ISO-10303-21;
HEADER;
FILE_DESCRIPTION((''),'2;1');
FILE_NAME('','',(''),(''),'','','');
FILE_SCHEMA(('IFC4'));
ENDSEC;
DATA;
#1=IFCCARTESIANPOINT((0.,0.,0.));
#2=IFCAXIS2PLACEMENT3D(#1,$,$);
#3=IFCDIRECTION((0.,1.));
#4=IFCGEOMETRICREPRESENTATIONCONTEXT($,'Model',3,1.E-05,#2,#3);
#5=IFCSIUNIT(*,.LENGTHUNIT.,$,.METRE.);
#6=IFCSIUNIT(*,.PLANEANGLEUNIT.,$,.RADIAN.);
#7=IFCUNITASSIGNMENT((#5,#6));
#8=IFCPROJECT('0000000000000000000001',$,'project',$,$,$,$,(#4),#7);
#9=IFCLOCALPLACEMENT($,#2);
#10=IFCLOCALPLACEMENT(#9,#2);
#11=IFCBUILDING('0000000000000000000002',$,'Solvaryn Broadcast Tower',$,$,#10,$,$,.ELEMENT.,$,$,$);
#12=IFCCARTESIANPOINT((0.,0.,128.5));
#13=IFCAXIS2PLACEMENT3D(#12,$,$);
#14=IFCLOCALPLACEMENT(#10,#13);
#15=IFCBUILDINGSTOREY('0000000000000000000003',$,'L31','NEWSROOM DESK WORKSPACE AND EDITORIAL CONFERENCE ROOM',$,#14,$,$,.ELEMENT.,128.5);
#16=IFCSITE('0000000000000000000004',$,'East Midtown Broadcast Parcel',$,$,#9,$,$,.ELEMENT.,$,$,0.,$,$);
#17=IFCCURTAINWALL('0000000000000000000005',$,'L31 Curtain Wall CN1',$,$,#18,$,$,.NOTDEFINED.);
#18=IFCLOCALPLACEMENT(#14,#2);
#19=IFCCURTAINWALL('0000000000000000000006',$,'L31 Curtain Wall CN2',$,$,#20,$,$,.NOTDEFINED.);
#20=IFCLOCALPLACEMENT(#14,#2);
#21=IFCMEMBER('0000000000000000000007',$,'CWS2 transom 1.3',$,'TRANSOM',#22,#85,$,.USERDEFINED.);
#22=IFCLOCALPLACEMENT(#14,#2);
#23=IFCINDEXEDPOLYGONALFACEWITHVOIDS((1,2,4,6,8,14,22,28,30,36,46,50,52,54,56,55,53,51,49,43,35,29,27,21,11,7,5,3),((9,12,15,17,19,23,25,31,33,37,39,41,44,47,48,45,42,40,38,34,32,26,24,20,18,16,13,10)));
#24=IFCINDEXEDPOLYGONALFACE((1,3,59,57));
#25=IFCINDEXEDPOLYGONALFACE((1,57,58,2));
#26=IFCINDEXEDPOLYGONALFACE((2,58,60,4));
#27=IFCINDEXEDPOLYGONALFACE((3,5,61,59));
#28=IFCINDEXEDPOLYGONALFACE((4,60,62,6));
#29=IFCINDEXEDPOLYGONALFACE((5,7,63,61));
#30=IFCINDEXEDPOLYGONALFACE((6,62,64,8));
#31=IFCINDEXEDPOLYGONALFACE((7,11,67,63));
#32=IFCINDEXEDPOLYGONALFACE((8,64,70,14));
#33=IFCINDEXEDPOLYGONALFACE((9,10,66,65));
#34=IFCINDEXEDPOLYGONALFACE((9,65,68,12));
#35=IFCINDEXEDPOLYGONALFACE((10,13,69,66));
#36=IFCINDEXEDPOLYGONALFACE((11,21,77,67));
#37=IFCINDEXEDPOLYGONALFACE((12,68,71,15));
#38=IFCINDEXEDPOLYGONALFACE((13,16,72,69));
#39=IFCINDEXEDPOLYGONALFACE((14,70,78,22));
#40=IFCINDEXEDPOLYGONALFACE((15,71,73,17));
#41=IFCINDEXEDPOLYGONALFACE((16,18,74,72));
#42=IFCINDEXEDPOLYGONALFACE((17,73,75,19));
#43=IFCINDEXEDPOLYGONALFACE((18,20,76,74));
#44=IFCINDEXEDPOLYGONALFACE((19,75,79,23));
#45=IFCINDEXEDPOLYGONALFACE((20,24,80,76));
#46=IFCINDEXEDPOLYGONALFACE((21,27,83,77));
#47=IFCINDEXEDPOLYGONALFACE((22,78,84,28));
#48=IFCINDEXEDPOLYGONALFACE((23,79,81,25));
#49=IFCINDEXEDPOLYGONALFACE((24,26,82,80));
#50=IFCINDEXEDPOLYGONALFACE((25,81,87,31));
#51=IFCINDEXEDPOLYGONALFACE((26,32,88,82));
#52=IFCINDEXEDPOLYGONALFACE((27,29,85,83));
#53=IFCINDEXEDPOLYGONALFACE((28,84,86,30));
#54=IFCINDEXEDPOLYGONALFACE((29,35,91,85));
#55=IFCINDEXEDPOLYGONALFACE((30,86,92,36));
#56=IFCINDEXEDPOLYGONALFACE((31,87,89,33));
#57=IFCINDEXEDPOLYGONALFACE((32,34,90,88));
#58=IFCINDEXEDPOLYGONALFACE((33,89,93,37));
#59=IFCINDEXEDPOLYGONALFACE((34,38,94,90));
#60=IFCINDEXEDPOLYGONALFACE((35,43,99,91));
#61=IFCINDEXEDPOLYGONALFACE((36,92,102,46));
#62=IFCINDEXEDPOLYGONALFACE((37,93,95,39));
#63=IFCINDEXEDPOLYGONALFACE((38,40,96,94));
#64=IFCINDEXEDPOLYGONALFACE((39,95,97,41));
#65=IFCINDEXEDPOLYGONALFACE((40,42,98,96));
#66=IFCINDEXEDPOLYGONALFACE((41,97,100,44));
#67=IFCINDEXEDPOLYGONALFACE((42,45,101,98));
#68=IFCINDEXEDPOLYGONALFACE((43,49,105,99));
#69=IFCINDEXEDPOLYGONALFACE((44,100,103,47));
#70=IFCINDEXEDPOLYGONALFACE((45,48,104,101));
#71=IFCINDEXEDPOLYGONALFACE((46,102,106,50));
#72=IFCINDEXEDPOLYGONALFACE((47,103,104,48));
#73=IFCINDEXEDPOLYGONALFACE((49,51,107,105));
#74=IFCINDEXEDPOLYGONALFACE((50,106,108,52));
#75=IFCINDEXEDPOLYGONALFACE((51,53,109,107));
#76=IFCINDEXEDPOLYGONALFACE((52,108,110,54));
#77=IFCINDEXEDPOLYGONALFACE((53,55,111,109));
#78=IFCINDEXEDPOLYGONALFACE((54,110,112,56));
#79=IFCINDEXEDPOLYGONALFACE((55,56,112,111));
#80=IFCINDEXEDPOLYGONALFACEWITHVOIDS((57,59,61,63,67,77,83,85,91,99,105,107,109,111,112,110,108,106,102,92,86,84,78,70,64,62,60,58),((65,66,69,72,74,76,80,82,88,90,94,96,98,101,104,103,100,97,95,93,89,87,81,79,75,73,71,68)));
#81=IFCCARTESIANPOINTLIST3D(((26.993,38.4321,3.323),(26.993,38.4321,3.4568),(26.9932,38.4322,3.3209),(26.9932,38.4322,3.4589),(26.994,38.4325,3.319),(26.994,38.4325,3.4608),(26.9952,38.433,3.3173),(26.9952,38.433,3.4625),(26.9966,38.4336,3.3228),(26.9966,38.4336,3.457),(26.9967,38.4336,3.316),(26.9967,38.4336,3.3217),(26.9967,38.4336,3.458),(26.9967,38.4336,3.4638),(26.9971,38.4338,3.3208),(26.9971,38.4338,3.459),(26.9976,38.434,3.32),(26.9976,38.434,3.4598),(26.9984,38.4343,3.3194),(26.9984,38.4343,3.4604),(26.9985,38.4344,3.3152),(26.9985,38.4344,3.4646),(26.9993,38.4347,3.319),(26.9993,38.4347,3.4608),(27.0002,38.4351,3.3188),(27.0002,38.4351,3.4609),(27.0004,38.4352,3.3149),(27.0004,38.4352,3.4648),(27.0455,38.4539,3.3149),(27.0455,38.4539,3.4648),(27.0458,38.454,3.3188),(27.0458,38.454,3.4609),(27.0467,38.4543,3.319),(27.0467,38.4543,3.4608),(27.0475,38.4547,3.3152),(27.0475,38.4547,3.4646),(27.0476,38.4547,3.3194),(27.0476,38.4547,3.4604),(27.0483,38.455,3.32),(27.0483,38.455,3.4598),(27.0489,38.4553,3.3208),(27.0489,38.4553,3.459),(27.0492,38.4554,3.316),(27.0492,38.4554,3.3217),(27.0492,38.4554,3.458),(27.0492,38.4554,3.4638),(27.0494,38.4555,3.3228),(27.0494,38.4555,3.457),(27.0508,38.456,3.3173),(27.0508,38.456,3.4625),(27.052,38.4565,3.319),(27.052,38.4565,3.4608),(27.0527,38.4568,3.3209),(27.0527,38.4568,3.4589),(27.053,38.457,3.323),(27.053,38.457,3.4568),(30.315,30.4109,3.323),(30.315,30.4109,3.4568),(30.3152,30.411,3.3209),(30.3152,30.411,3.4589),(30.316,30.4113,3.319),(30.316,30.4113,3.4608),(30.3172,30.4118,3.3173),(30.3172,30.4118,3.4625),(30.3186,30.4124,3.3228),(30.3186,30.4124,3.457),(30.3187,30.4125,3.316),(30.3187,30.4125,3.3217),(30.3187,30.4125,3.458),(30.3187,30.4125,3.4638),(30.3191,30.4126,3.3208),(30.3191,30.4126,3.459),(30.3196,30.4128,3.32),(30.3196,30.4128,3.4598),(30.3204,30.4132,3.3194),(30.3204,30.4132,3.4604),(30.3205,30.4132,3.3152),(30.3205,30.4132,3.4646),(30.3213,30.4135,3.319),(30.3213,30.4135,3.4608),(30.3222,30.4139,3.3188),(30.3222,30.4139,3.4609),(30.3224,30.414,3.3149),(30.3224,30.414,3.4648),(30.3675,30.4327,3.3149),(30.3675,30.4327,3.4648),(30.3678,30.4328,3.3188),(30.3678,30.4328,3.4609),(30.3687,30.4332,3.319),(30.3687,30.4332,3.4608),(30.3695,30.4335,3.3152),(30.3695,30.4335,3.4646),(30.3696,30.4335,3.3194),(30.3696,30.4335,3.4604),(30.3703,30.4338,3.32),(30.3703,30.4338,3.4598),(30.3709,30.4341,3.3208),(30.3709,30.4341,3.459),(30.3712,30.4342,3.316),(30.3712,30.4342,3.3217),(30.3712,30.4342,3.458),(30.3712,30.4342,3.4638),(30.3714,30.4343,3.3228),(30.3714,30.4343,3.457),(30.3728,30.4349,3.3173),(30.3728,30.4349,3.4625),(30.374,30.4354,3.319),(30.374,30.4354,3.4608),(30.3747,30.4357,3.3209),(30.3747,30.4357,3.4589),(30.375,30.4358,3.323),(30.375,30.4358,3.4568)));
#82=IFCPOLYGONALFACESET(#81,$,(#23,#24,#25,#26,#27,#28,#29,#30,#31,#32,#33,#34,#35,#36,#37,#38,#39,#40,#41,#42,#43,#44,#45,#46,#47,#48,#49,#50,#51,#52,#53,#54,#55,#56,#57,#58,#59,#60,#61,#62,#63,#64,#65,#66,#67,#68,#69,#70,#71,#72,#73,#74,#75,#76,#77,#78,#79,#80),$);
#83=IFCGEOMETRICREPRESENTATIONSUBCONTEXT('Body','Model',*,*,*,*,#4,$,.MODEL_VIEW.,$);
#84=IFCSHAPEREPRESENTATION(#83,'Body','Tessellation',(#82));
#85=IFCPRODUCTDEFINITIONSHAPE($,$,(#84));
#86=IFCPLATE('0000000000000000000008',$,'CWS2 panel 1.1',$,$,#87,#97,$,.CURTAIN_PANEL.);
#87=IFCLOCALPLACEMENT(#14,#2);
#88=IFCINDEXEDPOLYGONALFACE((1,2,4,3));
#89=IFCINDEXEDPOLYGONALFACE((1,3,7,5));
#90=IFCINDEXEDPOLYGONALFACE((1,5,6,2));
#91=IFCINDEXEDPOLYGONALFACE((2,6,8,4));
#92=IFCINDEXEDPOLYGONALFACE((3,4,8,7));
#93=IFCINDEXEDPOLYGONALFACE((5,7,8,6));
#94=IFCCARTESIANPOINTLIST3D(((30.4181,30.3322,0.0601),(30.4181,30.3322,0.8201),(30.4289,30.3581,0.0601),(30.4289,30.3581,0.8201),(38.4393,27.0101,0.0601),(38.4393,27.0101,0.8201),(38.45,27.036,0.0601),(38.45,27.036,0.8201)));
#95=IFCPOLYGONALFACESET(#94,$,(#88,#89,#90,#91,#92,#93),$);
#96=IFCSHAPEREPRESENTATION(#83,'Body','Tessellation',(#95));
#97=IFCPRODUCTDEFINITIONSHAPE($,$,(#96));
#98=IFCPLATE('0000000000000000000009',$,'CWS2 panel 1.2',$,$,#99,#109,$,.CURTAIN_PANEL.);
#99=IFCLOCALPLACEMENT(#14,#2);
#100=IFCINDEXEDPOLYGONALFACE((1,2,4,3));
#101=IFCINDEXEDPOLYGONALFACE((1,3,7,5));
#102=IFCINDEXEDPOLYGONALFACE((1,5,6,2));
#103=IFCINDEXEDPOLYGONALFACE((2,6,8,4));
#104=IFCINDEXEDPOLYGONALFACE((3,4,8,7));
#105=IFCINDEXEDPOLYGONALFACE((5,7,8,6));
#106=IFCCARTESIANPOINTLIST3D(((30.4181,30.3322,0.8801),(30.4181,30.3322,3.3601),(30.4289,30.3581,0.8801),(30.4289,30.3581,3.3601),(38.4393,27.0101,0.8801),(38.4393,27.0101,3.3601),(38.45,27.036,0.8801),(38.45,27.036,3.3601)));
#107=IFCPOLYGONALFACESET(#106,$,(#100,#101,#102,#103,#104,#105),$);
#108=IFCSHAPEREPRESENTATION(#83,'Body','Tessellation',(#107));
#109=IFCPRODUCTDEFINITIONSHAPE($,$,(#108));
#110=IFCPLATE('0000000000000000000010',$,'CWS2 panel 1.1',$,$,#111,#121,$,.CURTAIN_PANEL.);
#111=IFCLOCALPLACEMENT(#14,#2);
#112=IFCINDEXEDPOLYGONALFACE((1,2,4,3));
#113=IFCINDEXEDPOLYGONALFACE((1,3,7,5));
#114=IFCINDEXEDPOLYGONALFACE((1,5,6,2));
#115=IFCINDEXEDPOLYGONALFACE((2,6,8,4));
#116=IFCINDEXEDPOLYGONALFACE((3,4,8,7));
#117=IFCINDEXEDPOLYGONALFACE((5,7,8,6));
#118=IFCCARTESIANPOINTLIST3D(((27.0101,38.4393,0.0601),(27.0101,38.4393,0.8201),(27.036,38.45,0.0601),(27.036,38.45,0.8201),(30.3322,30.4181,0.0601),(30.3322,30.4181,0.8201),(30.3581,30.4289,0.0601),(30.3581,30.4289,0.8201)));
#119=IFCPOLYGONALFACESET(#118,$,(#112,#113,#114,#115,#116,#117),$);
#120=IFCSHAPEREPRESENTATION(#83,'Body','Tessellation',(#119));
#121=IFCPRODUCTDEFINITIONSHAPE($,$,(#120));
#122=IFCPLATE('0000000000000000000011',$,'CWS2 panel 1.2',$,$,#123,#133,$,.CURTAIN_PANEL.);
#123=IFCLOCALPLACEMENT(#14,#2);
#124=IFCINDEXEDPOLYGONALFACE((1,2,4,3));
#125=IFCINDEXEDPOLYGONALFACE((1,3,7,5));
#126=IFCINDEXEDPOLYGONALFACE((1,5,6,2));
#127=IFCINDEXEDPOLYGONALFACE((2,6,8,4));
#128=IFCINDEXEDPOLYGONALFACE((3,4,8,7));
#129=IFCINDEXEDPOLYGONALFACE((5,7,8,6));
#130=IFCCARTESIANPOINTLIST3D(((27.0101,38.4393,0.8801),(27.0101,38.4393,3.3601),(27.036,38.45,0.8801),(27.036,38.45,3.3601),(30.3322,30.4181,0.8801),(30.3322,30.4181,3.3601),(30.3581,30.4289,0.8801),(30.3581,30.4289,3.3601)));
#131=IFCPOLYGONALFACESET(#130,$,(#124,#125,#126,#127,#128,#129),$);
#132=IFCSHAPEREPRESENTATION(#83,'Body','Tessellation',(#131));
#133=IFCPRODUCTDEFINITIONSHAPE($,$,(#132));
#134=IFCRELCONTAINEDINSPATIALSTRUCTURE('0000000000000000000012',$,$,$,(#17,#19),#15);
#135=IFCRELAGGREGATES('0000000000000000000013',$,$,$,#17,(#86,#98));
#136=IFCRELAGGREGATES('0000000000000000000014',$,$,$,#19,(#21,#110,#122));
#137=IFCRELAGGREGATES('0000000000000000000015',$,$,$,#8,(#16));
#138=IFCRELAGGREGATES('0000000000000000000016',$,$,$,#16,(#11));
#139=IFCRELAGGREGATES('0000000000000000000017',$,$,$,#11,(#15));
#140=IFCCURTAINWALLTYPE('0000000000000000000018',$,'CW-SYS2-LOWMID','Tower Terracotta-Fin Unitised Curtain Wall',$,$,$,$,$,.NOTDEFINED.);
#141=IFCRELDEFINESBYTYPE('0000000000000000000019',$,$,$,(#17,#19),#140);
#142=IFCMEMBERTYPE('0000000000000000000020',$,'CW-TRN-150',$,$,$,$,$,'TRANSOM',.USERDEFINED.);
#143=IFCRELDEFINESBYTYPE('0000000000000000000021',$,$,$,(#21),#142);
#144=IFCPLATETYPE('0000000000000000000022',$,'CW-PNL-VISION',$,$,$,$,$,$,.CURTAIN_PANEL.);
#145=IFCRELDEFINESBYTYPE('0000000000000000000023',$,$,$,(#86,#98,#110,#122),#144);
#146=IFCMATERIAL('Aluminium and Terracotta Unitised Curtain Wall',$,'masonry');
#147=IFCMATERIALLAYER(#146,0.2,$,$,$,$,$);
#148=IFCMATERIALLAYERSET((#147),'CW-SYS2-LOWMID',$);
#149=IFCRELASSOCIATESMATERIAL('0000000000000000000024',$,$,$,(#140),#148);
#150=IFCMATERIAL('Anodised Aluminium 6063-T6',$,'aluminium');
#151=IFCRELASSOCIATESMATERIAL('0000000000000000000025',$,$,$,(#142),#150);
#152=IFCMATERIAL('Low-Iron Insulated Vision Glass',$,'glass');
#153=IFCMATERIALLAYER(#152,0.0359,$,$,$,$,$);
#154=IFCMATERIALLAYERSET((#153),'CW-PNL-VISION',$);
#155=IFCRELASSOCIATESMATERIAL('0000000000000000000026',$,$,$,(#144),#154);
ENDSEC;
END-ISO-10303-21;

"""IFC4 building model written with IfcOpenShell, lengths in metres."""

from ifc_helpers import new_model, si_unit, direction, frame, origin, origin_2d, place, context, subcontext, project, spatial, rectangle, hollow_rectangle, extrude, material, layer, layer_set, material_profile, profile_set, type_object, element, aggregate, save


model = new_model("IFC4")

# Units and contexts
model_context = context("Model", 3, precision=1e-05, world=origin(), true_north=direction((0.0, 1.0)))
body_context = subcontext(model_context, "Body", "Model", "MODEL_VIEW")
ifc_project = project(units=[si_unit("LENGTHUNIT", "METRE"), si_unit("PLANEANGLEUNIT", "RADIAN")], contexts=[model_context])

# Site, building, storey
site_placement = place(None, origin())
site = spatial("IfcSite", under=ifc_project, at=site_placement, Name="East Midtown Broadcast Parcel", CompositionType="ELEMENT", RefElevation=0.0)
building_placement = place(site_placement, origin())
building = spatial("IfcBuilding", under=site, at=building_placement, Name="Solvaryn Broadcast Tower", CompositionType="ELEMENT")
storey_placement = place(building_placement, frame((0.0, 0.0, 128.5)))
storey = spatial("IfcBuildingStorey", under=building, at=storey_placement, Name="L31", Description="NEWSROOM DESK WORKSPACE AND EDITORIAL CONFERENCE ROOM", CompositionType="ELEMENT", Elevation=128.5)

# Curtain wall
ifc_material_1 = material(Name="Aluminium and Terracotta Unitised Curtain Wall", Category="masonry")
ifc_layer_1 = layer(ifc_material_1, 0.2)
ifc_layer_set_1 = layer_set([ifc_layer_1], Name="CW-SYS2-LOWMID")
curtain_wall_type = type_object("IfcCurtainWallType", Name="CW-SYS2-LOWMID", Description="Tower Terracotta-Fin Unitised Curtain Wall", PredefinedType="NOTDEFINED", material=ifc_layer_set_1)
curtain_wall_1_placement = place(storey_placement, origin())
curtain_wall_1 = element("IfcCurtainWall", 1, at=curtain_wall_1_placement, inside=storey, type_object=curtain_wall_type, Name="L31 Curtain Wall CN1", PredefinedType="NOTDEFINED")

# Curtain wall, member
curtain_wall_2_placement = place(storey_placement, origin())
curtain_wall_2 = element("IfcCurtainWall", 2, at=curtain_wall_2_placement, inside=storey, type_object=curtain_wall_type, Name="L31 Curtain Wall CN2", PredefinedType="NOTDEFINED")
ifc_material_2 = material(Name="Anodised Aluminium 6063-T6", Category="aluminium")
ifc_material_profile_1 = material_profile(ifc_material_2, hollow_rectangle(XDim=0.0649, YDim=0.1499, WallThickness=0.0039, InnerFilletRadius=0.0039, OuterFilletRadius=0.0081, at=origin_2d()))
ifc_profile_set_1 = profile_set([ifc_material_profile_1], Name="Anodised Aluminium 6063-T6")
member_type_1 = type_object("IfcMemberType", Name="CW-TRN-150", ElementType="TRANSOM", PredefinedType="USERDEFINED", material=ifc_profile_set_1)
member_1_placement = place(storey_placement, frame((30.345, 30.4233, 3.3899), z_axis=(-0.382636, 0.923899, 0.0), x_axis=(-0.923899, -0.382636, 0.0)))
member_1 = element("IfcMember", 3, at=member_1_placement, type_object=member_type_1, Name="CWS2 transom 1.3", ObjectType="TRANSOM", PredefinedType="USERDEFINED", context=body_context, shape_type="SweptSolid", body=[
    extrude(hollow_rectangle(XDim=0.0649, YDim=0.1499, WallThickness=0.0039, InnerFilletRadius=0.0039, OuterFilletRadius=0.0081, at=origin_2d()), origin(), (0.0, 0.0, 1.0), 8.6819),
])

# Plates
ifc_material_3 = material(Name="Low-Iron Insulated Vision Glass", Category="glass")
ifc_layer_2 = layer(ifc_material_3, 0.0359)
ifc_layer_set_2 = layer_set([ifc_layer_2], Name="CW-PNL-VISION")
plate_type = type_object("IfcPlateType", Name="CW-PNL-VISION", PredefinedType="CURTAIN_PANEL", material=ifc_layer_set_2)
plate_1_placement = place(storey_placement, frame((34.4341, 28.6841, 0.0601), z_axis=(0.0, 0.0, 1.0), x_axis=(-0.923895, 0.382646, 0.0)))
plate_1 = element("IfcPlate", 4, at=plate_1_placement, type_object=plate_type, Name="CWS2 panel 1.1", PredefinedType="CURTAIN_PANEL", context=body_context, shape_type="SweptSolid", body=[
    extrude(rectangle(XDim=8.6819, YDim=0.0281, at=origin_2d()), origin(), (0.0, 0.0, 1.0), 0.76),
])
plate_2_placement = place(storey_placement, frame((34.4341, 28.6841, 0.8801), z_axis=(0.0, 0.0, 1.0), x_axis=(-0.923895, 0.382646, 0.0)))
plate_2 = element("IfcPlate", 5, at=plate_2_placement, type_object=plate_type, Name="CWS2 panel 1.2", PredefinedType="CURTAIN_PANEL", context=body_context, shape_type="SweptSolid", body=[
    extrude(rectangle(XDim=8.6819, YDim=0.0281, at=origin_2d()), origin(), (0.0, 0.0, 1.0), 2.48),
])
aggregate(curtain_wall_1, [plate_1, plate_2])
plate_3_placement = place(storey_placement, frame((28.6841, 34.4341, 0.0601), z_axis=(0.0, 0.0, 1.0), x_axis=(-0.382646, 0.923895, 0.0)))
plate_3 = element("IfcPlate", 6, at=plate_3_placement, type_object=plate_type, Name="CWS2 panel 1.1", PredefinedType="CURTAIN_PANEL", context=body_context, shape_type="SweptSolid", body=[
    extrude(rectangle(XDim=8.6819, YDim=0.0281, at=origin_2d()), origin(), (0.0, 0.0, 1.0), 0.76),
])
plate_4_placement = place(storey_placement, frame((28.6841, 34.4341, 0.8801), z_axis=(0.0, 0.0, 1.0), x_axis=(-0.382646, 0.923895, 0.0)))
plate_4 = element("IfcPlate", 7, at=plate_4_placement, type_object=plate_type, Name="CWS2 panel 1.2", PredefinedType="CURTAIN_PANEL", context=body_context, shape_type="SweptSolid", body=[
    extrude(rectangle(XDim=8.6819, YDim=0.0281, at=origin_2d()), origin(), (0.0, 0.0, 1.0), 2.48),
])
aggregate(curtain_wall_2, [member_1, plate_3, plate_4])

save(model, "model.ifc")
